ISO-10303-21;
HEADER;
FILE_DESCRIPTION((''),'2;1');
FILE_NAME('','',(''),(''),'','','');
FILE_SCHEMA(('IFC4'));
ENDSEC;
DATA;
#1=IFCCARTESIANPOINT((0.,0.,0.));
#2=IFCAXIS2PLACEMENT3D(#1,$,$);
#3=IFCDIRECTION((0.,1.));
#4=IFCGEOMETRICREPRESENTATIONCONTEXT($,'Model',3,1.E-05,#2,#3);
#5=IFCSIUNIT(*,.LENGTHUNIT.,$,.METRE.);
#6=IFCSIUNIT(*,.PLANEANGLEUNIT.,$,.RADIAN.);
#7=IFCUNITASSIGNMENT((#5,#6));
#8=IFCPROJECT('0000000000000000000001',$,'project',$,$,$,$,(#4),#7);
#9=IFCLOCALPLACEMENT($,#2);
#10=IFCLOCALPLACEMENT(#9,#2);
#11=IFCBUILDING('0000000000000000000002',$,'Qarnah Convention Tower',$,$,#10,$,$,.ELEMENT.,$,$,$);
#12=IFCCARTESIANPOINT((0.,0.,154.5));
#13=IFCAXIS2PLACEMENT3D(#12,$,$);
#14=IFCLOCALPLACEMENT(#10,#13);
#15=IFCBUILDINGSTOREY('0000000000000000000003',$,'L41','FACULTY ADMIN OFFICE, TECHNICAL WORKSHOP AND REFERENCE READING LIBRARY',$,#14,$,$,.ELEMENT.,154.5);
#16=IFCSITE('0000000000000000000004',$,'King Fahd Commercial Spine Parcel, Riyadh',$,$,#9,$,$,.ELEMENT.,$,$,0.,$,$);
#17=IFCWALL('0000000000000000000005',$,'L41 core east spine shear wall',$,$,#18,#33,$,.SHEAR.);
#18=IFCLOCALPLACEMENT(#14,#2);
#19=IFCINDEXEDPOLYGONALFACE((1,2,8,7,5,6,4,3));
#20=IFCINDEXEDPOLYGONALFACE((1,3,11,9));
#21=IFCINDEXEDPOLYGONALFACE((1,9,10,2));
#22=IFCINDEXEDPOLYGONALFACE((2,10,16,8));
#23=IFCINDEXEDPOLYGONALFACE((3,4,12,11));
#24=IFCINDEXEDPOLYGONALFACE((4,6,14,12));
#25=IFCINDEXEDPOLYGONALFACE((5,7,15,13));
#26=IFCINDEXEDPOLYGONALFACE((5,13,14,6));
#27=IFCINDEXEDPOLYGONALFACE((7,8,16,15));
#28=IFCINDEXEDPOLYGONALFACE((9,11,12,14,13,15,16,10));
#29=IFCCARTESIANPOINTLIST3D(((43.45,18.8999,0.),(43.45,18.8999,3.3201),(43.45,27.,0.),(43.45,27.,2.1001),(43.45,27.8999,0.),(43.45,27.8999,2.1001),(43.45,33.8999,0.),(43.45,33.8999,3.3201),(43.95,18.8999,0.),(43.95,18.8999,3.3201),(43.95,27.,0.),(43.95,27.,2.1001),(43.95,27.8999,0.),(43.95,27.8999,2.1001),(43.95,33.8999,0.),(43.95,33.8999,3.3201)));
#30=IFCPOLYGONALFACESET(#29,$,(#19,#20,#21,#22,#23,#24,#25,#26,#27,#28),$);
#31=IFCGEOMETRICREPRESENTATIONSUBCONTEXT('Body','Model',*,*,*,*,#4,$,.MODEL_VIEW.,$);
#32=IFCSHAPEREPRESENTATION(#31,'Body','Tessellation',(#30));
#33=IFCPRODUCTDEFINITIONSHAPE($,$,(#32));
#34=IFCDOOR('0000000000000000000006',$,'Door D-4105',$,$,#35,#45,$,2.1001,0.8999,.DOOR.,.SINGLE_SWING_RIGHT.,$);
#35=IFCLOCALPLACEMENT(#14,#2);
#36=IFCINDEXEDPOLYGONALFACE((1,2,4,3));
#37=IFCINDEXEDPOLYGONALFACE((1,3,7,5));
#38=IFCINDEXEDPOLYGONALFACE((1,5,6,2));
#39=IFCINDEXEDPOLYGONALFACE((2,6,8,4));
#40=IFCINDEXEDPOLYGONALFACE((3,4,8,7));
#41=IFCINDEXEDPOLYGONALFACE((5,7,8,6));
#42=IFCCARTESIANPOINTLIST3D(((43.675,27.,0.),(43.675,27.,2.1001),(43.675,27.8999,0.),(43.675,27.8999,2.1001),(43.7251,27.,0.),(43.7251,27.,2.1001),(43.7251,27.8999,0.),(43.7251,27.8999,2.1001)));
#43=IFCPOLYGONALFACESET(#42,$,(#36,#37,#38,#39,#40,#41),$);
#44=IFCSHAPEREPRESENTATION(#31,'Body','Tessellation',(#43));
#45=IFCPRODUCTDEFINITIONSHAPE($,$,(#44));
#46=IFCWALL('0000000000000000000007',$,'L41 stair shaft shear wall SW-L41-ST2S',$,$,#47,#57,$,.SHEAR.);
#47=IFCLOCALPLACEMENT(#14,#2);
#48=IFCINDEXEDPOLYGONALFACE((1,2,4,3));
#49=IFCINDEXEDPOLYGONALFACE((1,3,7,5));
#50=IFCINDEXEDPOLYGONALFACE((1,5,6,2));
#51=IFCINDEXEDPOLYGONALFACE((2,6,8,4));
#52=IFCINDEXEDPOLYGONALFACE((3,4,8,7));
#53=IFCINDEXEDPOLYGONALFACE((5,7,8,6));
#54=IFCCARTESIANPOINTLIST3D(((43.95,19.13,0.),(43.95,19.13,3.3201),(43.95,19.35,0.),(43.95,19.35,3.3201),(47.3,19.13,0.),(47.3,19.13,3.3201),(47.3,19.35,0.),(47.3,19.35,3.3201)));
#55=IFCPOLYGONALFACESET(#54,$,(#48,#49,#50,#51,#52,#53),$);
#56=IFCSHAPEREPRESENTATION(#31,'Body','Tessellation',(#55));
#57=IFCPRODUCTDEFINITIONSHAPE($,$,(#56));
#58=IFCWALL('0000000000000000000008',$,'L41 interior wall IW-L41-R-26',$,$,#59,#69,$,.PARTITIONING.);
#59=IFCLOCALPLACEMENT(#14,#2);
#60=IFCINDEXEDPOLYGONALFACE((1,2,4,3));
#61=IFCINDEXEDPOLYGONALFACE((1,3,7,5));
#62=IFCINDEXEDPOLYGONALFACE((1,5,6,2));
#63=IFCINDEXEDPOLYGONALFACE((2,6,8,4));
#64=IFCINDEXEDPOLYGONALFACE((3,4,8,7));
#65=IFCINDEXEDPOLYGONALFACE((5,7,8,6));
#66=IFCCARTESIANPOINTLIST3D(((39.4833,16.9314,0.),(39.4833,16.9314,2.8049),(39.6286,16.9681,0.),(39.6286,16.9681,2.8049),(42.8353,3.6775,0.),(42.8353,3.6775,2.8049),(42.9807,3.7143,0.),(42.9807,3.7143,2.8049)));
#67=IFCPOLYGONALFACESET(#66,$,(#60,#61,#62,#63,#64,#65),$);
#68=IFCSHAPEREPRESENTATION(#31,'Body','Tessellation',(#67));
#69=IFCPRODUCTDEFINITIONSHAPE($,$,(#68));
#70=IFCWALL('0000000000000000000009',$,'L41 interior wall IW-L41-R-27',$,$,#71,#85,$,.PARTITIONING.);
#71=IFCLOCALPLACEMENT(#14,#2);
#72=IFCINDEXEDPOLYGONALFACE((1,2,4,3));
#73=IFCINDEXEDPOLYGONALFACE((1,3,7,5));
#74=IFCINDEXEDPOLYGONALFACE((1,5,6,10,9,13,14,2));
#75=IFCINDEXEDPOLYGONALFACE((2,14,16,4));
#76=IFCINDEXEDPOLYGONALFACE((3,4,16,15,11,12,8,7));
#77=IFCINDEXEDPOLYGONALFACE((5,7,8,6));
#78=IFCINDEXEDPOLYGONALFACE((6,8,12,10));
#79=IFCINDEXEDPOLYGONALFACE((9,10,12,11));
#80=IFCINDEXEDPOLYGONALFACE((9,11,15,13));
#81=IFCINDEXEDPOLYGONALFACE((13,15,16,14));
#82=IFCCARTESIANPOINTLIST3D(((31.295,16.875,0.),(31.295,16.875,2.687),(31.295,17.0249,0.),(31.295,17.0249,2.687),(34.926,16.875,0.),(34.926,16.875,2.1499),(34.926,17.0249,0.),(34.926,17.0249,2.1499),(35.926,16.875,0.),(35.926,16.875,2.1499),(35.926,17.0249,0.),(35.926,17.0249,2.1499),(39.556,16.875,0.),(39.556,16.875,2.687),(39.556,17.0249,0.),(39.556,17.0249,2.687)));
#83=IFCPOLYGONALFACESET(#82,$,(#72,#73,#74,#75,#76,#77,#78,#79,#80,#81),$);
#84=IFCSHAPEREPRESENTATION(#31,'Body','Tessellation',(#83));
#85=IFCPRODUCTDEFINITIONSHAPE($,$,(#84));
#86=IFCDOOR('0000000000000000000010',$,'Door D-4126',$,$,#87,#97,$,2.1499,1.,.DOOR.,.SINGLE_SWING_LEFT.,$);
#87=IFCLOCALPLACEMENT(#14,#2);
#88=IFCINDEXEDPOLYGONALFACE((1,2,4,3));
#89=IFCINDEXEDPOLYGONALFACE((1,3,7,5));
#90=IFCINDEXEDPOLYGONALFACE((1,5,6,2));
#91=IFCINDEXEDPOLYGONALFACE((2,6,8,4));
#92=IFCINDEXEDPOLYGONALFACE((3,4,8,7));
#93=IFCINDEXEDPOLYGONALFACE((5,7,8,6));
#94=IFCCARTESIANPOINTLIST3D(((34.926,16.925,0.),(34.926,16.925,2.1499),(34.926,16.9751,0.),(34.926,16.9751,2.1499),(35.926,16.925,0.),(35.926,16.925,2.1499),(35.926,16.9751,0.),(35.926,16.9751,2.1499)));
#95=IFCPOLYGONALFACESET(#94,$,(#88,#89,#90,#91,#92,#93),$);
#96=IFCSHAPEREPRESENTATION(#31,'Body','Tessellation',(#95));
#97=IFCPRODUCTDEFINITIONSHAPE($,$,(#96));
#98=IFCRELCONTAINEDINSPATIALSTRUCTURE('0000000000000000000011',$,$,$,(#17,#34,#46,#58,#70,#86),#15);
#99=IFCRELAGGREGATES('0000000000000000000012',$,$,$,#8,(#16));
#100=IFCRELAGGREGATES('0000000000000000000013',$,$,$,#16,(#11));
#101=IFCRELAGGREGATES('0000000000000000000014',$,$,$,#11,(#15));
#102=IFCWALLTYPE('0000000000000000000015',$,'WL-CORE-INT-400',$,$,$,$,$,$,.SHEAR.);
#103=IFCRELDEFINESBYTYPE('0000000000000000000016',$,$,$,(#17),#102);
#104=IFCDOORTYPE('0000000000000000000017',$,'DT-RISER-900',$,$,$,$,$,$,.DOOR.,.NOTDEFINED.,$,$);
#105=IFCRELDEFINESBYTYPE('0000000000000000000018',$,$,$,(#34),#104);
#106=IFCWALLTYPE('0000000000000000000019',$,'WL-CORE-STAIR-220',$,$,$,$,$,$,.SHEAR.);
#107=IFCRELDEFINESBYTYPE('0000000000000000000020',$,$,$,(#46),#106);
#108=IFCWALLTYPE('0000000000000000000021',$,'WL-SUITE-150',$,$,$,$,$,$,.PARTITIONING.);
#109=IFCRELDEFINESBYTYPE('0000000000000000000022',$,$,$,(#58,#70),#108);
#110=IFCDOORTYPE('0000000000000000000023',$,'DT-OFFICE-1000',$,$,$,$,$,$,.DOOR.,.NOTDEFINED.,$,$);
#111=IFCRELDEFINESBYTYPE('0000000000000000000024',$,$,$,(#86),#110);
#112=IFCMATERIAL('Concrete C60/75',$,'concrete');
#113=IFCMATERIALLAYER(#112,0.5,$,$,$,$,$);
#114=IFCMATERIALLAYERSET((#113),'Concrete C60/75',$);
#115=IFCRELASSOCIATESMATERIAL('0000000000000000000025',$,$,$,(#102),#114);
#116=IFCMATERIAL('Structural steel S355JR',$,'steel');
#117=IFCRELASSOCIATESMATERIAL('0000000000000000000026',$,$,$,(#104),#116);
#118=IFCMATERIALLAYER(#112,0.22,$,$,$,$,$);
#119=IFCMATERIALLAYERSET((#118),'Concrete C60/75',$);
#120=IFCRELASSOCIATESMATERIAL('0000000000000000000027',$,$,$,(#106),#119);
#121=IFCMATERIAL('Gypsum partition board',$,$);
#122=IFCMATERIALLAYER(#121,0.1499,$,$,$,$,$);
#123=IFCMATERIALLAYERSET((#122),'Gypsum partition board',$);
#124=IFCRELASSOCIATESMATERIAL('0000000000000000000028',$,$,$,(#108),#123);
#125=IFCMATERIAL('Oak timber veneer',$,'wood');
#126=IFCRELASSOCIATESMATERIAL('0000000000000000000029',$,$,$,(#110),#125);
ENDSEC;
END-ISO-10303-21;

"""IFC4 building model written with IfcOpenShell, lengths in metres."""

from ifc_helpers import new_model, si_unit, direction, frame, frame_2d, origin, place, context, subcontext, project, spatial, rectangle, extrude, material, layer, layer_set, type_object, element, fill, save


model = new_model("IFC4")

# Units and contexts
model_context = context("Model", 3, precision=1e-05, world=origin(), true_north=direction((0.0, 1.0)))
body_context = subcontext(model_context, "Body", "Model", "MODEL_VIEW")
ifc_project = project(units=[si_unit("LENGTHUNIT", "METRE"), si_unit("PLANEANGLEUNIT", "RADIAN")], contexts=[model_context])

# Site, building, storey
site_placement = place(None, origin())
site = spatial("IfcSite", under=ifc_project, at=site_placement, Name="King Fahd Commercial Spine Parcel, Riyadh", CompositionType="ELEMENT", RefElevation=0.0)
building_placement = place(site_placement, origin())
building = spatial("IfcBuilding", under=site, at=building_placement, Name="Qarnah Convention Tower", CompositionType="ELEMENT")
storey_placement = place(building_placement, frame((0.0, 0.0, 154.5)))
storey = spatial("IfcBuildingStorey", under=building, at=storey_placement, Name="L41", Description="FACULTY ADMIN OFFICE, TECHNICAL WORKSHOP AND REFERENCE READING LIBRARY", CompositionType="ELEMENT", Elevation=154.5)

# Shared definitions
ifc_material_1 = material(Name="Concrete C60/75", Category="concrete")

# Shared definitions
ifc_material_2 = material(Name="Structural steel S355JR", Category="steel")

# Wall, opening, door
ifc_layer_1 = layer(ifc_material_1, 0.5)
ifc_layer_set_1 = layer_set([ifc_layer_1], Name="Concrete C60/75")
wall_type_1 = type_object("IfcWallType", Name="WL-CORE-INT-400", PredefinedType="SHEAR", material=ifc_layer_set_1)
wall_1_placement = place(storey_placement, frame((43.7, 18.8999, 0.0), z_axis=(0.0, 0.0, 1.0), x_axis=(0.0, 1.0, 0.0)))
wall_1 = element("IfcWall", 1, at=wall_1_placement, inside=storey, type_object=wall_type_1, Name="L41 core east spine shear wall", PredefinedType="SHEAR", context=body_context, shape_type="SweptSolid", body=[
    extrude(rectangle(XDim=15.0, YDim=0.5, at=frame_2d((7.5, 0.0))), origin(), (0.0, 0.0, 1.0), 3.3201),
])
opening_1_placement = place(wall_1_placement, frame((8.1001, 0.0, 0.0)))
opening_1 = element("IfcOpeningElement", 2, at=opening_1_placement, cuts=wall_1, PredefinedType="OPENING", context=body_context, shape_type="SweptSolid", body=[
    extrude(rectangle(XDim=0.8999, YDim=2.1001, at=frame_2d((0.45, 1.05))), frame((0.0, 0.26, 0.0), z_axis=(0.0, -1.0, 0.0), x_axis=(1.0, 0.0, 0.0)), (0.0, 0.0, 1.0), 0.52),
])
door_type_1 = type_object("IfcDoorType", Name="DT-RISER-900", OperationType="NOTDEFINED", PredefinedType="DOOR", material=ifc_material_2)
door_1_placement = place(opening_1_placement, origin())
door_1 = element("IfcDoor", 3, at=door_1_placement, inside=storey, type_object=door_type_1, Name="Door D-4105", OperationType="SINGLE_SWING_RIGHT", OverallHeight=2.1001, OverallWidth=0.8999, PredefinedType="DOOR", context=body_context, shape_type="SweptSolid", body=[
    extrude(rectangle(XDim=0.8999, YDim=2.1001, at=frame_2d((0.45, 1.05))), frame((0.0, 0.0249, 0.0), z_axis=(0.0, -1.0, 0.0), x_axis=(1.0, 0.0, 0.0)), (0.0, 0.0, 1.0), 0.05),
])
fill(opening_1, door_1)

# Walls
ifc_layer_2 = layer(ifc_material_1, 0.22)
ifc_layer_set_2 = layer_set([ifc_layer_2], Name="Concrete C60/75")
wall_type_2 = type_object("IfcWallType", Name="WL-CORE-STAIR-220", PredefinedType="SHEAR", material=ifc_layer_set_2)
wall_2_placement = place(storey_placement, frame((43.95, 19.24, 0.0), z_axis=(0.0, 0.0, 1.0), x_axis=(1.0, 0.0, 0.0)))
element("IfcWall", 4, at=wall_2_placement, inside=storey, type_object=wall_type_2, Name="L41 stair shaft shear wall SW-L41-ST2S", PredefinedType="SHEAR", context=body_context, shape_type="SweptSolid", body=[
    extrude(rectangle(XDim=3.3501, YDim=0.22, at=frame_2d((1.675, 0.0))), origin(), (0.0, 0.0, 1.0), 3.3201),
])
ifc_material_3 = material(Name="Gypsum partition board")
ifc_layer_3 = layer(ifc_material_3, 0.1499)
ifc_layer_set_3 = layer_set([ifc_layer_3], Name="Gypsum partition board")
wall_type_3 = type_object("IfcWallType", Name="WL-SUITE-150", PredefinedType="PARTITIONING", material=ifc_layer_set_3)
wall_3_placement = place(storey_placement, frame((42.908, 3.696, 0.0), z_axis=(0.0, 0.0, 1.0), x_axis=(-0.24519, 0.969475, 0.0)))
element("IfcWall", 5, at=wall_3_placement, inside=storey, type_object=wall_type_3, Name="L41 interior wall IW-L41-R-26", PredefinedType="PARTITIONING", context=body_context, shape_type="SweptSolid", body=[
    extrude(rectangle(XDim=13.6711, YDim=0.1499, at=frame_2d((6.8354, 0.0))), origin(), (0.0, 0.0, 1.0), 2.8049),
])

# Wall, opening, door
wall_4_placement = place(storey_placement, frame((39.5559, 16.95, 0.0), z_axis=(0.0, 0.0, 1.0), x_axis=(-1.0, 0.0, 0.0)))
wall_4 = element("IfcWall", 6, at=wall_4_placement, inside=storey, type_object=wall_type_3, Name="L41 interior wall IW-L41-R-27", PredefinedType="PARTITIONING", context=body_context, shape_type="SweptSolid", body=[
    extrude(rectangle(XDim=8.261, YDim=0.1499, at=frame_2d((4.1304, 0.0))), origin(), (0.0, 0.0, 1.0), 2.687),
])
opening_2_placement = place(wall_4_placement, frame((3.6299, 0.0, 0.0)))
opening_2 = element("IfcOpeningElement", 7, at=opening_2_placement, cuts=wall_4, PredefinedType="OPENING", context=body_context, shape_type="SweptSolid", body=[
    extrude(rectangle(XDim=1.0, YDim=2.1499, at=frame_2d((0.5, 1.075))), frame((0.0, 0.085, 0.0), z_axis=(0.0, -1.0, 0.0), x_axis=(1.0, 0.0, 0.0)), (0.0, 0.0, 1.0), 0.1699),
])
ifc_material_4 = material(Name="Oak timber veneer", Category="wood")
door_type_2 = type_object("IfcDoorType", Name="DT-OFFICE-1000", OperationType="NOTDEFINED", PredefinedType="DOOR", material=ifc_material_4)
door_2_placement = place(opening_2_placement, origin())
door_2 = element("IfcDoor", 8, at=door_2_placement, inside=storey, type_object=door_type_2, Name="Door D-4126", OperationType="SINGLE_SWING_LEFT", OverallHeight=2.1499, OverallWidth=1.0, PredefinedType="DOOR", context=body_context, shape_type="SweptSolid", body=[
    extrude(rectangle(XDim=1.0, YDim=2.1499, at=frame_2d((0.5, 1.075))), frame((0.0, 0.0249, 0.0), z_axis=(0.0, -1.0, 0.0), x_axis=(1.0, 0.0, 0.0)), (0.0, 0.0, 1.0), 0.05),
])
fill(opening_2, door_2)

save(model, "model.ifc")
